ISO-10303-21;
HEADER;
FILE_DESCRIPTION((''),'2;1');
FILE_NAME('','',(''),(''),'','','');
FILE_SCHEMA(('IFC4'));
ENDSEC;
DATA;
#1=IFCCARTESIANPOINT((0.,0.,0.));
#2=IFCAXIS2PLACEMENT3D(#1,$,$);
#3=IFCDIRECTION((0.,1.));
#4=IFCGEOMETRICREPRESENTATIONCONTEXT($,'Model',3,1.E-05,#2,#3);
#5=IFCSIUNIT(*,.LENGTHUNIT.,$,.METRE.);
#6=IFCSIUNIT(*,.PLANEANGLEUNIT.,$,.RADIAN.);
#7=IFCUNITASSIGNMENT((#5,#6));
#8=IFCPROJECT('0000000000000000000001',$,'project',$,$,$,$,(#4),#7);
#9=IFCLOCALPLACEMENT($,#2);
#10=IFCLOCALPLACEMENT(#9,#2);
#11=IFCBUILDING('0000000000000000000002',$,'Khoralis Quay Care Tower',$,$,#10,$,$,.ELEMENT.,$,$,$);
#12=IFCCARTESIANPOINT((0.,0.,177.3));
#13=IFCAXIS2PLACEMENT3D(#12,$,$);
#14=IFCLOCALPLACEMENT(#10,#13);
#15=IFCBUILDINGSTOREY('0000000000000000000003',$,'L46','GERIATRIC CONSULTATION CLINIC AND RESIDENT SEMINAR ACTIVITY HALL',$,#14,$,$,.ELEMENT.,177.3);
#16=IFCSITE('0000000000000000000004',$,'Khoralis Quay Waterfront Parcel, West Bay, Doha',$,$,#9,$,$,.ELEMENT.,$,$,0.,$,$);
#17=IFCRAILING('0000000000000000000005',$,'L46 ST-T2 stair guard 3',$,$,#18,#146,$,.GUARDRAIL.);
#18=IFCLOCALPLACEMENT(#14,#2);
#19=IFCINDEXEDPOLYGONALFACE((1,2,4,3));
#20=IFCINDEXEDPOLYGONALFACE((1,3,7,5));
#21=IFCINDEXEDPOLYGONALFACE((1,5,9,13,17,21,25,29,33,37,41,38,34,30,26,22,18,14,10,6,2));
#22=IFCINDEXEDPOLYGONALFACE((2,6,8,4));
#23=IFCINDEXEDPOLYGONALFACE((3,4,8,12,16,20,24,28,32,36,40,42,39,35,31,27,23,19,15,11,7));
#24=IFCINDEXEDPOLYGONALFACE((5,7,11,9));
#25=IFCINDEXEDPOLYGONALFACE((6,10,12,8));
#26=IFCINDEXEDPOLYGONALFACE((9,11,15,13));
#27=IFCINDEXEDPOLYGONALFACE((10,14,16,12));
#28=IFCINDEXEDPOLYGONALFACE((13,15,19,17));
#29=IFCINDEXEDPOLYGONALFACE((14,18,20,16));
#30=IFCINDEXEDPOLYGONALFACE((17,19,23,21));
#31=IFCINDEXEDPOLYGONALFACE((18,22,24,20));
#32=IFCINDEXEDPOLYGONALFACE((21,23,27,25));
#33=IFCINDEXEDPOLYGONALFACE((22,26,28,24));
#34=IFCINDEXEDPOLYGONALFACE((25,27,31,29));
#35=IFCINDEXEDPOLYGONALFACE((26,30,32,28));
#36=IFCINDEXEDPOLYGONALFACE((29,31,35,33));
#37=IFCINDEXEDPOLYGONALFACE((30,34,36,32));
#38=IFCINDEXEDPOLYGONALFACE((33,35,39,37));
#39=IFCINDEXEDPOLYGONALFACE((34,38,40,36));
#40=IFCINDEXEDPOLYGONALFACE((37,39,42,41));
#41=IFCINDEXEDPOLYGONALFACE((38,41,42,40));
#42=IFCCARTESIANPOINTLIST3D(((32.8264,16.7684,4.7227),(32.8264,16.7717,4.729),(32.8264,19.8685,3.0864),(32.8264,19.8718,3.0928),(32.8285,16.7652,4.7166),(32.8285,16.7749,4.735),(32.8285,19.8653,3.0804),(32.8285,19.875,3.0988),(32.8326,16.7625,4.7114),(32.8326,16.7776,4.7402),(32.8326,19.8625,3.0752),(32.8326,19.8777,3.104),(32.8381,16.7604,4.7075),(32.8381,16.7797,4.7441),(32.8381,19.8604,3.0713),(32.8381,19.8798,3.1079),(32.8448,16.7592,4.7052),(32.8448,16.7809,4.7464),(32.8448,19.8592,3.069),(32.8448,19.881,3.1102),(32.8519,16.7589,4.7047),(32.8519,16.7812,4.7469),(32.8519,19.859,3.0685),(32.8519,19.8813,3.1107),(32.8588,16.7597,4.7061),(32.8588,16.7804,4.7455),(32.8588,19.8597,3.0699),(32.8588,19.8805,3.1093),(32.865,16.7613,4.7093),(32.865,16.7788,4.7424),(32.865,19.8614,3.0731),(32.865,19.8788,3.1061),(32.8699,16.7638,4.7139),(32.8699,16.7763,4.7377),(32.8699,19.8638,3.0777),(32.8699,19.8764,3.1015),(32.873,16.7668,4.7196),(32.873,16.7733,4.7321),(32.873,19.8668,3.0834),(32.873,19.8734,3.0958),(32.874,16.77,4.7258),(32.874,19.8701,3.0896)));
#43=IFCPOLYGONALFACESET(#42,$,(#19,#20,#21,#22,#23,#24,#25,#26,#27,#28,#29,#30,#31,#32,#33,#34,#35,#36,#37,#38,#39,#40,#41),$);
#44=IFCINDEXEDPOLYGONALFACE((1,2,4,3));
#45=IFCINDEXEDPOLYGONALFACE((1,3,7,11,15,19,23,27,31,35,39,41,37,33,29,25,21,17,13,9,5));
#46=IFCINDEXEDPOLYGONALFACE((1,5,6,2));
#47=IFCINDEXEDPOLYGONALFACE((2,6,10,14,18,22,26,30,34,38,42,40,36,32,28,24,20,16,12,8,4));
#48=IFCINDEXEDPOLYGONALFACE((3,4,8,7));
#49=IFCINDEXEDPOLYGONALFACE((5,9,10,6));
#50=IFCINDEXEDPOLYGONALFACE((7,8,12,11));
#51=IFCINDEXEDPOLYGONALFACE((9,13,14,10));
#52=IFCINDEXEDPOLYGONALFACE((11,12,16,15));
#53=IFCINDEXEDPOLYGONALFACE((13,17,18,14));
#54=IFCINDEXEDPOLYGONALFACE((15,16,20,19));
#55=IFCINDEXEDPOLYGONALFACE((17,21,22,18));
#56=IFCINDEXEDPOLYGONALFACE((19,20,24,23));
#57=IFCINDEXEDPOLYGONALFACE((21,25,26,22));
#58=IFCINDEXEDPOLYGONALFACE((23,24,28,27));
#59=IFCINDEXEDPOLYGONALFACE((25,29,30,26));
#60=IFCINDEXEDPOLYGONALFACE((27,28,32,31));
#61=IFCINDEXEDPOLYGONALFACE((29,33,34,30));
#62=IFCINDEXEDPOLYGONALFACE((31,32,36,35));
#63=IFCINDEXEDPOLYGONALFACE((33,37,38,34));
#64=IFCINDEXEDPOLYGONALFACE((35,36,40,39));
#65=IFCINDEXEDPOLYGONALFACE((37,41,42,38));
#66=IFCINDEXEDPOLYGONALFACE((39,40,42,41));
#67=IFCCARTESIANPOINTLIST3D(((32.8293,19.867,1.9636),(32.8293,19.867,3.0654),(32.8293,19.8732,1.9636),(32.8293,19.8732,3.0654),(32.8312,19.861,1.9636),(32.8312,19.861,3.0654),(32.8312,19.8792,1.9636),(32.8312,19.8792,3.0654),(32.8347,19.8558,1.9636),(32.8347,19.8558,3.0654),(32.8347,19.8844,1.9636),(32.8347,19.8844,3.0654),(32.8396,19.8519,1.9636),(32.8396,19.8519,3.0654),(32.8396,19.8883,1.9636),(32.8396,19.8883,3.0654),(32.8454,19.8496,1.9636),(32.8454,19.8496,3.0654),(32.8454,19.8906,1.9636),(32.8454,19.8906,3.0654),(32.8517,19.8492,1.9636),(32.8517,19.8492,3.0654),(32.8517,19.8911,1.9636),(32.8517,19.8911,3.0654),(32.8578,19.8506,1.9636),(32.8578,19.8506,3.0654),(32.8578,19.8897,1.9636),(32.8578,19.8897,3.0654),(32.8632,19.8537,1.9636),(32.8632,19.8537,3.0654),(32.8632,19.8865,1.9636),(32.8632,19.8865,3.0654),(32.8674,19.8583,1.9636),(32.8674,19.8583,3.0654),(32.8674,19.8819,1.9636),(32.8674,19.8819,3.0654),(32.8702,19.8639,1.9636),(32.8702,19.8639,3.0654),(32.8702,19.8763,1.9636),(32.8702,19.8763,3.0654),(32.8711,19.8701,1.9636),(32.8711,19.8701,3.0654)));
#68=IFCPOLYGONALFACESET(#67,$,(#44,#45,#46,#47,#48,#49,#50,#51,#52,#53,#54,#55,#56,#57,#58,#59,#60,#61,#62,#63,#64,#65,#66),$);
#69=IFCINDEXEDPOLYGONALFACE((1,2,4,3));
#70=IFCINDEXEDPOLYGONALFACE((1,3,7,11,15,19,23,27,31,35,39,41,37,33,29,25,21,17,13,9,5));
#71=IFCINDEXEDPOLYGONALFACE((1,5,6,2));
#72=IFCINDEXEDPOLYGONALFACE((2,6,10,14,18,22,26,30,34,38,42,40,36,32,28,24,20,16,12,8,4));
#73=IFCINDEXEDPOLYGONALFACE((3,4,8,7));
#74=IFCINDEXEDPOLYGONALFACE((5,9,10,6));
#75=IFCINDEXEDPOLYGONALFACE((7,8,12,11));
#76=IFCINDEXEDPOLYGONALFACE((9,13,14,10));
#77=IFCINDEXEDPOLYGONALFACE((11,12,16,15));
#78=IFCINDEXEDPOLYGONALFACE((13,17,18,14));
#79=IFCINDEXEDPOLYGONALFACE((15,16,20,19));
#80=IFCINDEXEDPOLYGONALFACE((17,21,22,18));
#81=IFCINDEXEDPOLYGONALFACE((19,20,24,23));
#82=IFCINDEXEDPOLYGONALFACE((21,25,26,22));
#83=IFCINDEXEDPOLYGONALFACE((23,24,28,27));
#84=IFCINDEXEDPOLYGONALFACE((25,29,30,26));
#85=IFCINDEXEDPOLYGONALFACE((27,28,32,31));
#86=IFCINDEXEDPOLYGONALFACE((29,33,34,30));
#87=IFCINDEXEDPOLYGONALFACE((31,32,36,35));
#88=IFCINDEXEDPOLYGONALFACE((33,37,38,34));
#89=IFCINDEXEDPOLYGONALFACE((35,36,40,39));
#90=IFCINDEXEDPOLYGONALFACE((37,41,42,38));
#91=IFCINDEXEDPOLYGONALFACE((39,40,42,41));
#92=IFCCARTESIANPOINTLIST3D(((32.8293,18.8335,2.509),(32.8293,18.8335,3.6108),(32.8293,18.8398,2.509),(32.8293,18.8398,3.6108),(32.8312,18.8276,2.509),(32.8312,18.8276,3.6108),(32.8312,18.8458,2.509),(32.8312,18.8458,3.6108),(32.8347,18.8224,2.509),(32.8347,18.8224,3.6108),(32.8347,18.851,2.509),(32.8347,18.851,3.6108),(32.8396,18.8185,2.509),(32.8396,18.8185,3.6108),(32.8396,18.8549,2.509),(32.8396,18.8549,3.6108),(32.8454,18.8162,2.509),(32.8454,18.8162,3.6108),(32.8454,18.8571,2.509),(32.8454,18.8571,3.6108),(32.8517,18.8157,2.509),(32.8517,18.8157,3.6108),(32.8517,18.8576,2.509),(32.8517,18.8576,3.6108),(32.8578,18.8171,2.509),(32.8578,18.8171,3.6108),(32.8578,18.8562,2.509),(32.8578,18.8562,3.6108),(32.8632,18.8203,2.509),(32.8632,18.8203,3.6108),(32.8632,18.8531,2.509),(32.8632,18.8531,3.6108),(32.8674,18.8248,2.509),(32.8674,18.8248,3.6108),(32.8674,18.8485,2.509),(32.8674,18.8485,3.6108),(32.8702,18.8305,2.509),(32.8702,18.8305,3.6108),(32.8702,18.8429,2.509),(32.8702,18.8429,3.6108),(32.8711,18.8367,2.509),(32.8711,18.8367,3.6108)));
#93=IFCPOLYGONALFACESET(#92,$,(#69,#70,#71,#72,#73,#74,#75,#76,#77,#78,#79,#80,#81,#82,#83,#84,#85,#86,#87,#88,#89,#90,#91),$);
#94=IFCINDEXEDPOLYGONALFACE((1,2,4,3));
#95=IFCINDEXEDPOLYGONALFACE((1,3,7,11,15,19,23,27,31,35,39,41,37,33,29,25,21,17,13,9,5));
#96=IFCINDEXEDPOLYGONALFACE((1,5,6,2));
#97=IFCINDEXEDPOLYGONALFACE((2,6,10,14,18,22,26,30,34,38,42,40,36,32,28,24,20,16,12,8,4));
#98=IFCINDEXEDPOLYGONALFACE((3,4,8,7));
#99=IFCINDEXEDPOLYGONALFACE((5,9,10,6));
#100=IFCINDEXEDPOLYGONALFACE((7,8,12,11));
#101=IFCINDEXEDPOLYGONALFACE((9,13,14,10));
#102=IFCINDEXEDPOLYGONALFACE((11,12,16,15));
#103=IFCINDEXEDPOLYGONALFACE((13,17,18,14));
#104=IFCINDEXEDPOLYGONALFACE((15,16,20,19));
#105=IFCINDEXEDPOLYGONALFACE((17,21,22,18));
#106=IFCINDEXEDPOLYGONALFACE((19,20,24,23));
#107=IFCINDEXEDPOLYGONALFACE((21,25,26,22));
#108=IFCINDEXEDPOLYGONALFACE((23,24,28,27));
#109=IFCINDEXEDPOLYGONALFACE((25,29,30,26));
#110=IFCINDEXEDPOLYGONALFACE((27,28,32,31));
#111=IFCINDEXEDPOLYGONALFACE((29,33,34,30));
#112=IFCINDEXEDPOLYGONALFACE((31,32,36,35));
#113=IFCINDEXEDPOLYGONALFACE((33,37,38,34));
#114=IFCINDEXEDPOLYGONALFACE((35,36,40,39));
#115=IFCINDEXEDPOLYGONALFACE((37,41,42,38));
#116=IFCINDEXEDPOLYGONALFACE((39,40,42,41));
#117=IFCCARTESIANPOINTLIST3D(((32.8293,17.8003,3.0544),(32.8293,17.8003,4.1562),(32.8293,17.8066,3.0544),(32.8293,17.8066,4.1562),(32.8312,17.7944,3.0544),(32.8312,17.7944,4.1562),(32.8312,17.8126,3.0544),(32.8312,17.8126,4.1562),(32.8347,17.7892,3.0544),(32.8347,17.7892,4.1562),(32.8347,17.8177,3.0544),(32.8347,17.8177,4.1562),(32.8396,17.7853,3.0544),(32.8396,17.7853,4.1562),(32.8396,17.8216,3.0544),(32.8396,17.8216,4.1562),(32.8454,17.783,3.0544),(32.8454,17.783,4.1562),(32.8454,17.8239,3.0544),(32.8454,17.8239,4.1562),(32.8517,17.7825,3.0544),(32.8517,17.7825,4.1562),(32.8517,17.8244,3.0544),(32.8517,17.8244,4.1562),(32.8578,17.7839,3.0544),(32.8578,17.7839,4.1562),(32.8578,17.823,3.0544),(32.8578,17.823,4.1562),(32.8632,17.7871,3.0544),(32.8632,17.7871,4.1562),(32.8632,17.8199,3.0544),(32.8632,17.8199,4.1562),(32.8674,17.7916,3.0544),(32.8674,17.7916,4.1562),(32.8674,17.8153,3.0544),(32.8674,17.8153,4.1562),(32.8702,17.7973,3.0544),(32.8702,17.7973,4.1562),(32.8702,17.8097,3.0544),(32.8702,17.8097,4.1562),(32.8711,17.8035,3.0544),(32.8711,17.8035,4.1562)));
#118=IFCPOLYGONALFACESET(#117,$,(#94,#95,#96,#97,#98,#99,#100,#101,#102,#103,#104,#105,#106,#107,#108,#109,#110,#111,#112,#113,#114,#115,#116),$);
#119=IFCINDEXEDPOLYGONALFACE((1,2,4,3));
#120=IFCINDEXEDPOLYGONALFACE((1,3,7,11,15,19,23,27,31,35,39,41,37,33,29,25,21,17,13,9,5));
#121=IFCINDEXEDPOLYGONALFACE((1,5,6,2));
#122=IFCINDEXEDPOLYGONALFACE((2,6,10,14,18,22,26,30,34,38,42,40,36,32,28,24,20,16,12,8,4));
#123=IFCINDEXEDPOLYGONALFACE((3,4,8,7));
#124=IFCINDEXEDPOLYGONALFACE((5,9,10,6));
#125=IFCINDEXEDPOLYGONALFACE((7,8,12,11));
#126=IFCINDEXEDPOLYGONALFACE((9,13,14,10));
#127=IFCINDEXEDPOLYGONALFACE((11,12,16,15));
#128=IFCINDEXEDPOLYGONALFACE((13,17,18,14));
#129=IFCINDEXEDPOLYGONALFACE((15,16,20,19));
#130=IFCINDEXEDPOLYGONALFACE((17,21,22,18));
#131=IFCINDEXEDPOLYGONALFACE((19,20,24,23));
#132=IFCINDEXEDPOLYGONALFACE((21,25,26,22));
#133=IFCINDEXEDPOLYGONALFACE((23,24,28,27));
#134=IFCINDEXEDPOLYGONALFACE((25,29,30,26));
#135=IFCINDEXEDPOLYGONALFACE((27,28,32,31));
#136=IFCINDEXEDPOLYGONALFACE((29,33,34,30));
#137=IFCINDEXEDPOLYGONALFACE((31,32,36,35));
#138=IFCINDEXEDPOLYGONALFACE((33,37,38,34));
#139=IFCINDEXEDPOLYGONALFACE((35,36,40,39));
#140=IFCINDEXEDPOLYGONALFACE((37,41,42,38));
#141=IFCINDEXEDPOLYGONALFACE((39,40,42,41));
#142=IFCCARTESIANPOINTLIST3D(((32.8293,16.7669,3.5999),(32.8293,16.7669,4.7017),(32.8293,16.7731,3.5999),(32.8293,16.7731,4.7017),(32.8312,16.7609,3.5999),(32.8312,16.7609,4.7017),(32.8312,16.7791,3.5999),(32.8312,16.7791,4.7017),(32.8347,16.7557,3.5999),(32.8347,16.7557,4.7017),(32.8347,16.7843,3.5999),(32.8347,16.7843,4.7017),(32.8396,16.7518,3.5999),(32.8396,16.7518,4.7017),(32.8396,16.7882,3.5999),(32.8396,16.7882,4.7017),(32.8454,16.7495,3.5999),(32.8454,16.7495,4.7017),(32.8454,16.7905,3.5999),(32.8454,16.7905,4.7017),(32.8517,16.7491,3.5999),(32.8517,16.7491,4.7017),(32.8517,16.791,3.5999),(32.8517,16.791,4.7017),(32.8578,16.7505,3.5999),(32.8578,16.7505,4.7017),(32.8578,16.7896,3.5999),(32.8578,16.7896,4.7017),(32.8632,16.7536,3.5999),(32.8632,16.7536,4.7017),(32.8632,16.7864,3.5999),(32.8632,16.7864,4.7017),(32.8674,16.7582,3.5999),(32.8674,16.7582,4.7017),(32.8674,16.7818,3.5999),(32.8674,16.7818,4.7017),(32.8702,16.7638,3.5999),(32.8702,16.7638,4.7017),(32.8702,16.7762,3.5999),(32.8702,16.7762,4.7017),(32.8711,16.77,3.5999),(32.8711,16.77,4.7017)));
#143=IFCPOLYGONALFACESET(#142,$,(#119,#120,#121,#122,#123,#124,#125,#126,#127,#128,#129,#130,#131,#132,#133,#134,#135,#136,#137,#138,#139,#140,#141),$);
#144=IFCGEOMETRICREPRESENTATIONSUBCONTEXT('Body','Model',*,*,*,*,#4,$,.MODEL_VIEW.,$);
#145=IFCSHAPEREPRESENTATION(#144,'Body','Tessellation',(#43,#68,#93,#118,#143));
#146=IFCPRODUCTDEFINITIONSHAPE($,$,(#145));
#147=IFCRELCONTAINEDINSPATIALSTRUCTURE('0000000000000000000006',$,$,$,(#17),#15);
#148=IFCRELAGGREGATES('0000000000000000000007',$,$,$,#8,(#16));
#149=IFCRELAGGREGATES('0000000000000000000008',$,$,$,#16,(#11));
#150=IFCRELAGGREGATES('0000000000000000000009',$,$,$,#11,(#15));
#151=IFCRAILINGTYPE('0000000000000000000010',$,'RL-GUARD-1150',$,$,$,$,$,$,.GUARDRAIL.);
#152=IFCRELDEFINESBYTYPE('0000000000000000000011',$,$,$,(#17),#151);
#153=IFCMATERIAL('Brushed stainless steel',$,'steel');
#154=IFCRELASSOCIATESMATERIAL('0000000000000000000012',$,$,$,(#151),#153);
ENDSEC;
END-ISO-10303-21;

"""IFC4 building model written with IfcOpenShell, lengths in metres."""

from ifc_helpers import new_model, si_unit, direction, frame, origin, origin_2d, place, context, subcontext, project, spatial, circle, extrude, material, type_object, element, save


model = new_model("IFC4")

# Units and contexts
model_context = context("Model", 3, precision=1e-05, world=origin(), true_north=direction((0.0, 1.0)))
body_context = subcontext(model_context, "Body", "Model", "MODEL_VIEW")
ifc_project = project(units=[si_unit("LENGTHUNIT", "METRE"), si_unit("PLANEANGLEUNIT", "RADIAN")], contexts=[model_context])

# Site, building, storey
site_placement = place(None, origin())
site = spatial("IfcSite", under=ifc_project, at=site_placement, Name="Khoralis Quay Waterfront Parcel, West Bay, Doha", CompositionType="ELEMENT", RefElevation=0.0)
building_placement = place(site_placement, origin())
building = spatial("IfcBuilding", under=site, at=building_placement, Name="Khoralis Quay Care Tower", CompositionType="ELEMENT")
storey_placement = place(building_placement, frame((0.0, 0.0, 177.3)))
storey = spatial("IfcBuildingStorey", under=building, at=storey_placement, Name="L46", Description="GERIATRIC CONSULTATION CLINIC AND RESIDENT SEMINAR ACTIVITY HALL", CompositionType="ELEMENT", Elevation=177.3)

# Shared definitions
ifc_material_1 = material(Name="Brushed stainless steel", Category="steel")

# Railing
railing_type_1 = type_object("IfcRailingType", Name="RL-GUARD-1150", PredefinedType="GUARDRAIL", material=ifc_material_1)
railing_1_placement = place(storey_placement, frame((32.8501, 19.8701, 1.9636)))
element("IfcRailing", 1, at=railing_1_placement, inside=storey, type_object=railing_type_1, Name="L46 ST-T2 stair guard 3", PredefinedType="GUARDRAIL", context=body_context, shape_type="SweptSolid", body=[
    extrude(circle(Radius=0.0239, at=origin_2d()), frame((0.0, 0.0, 1.126), z_axis=(0.0, -0.884377, 0.466774), x_axis=(1.0, 0.0, 0.0)), (0.0, 0.0, 1.0), 3.5054),
    extrude(circle(Radius=0.021, at=origin_2d()), origin(), (0.0, 0.0, 1.0), 1.1018),
    extrude(circle(Radius=0.021, at=origin_2d()), frame((0.0, -1.0334, 0.5454)), (0.0, 0.0, 1.0), 1.1018),
    extrude(circle(Radius=0.021, at=origin_2d()), frame((0.0, -2.0667, 1.0908)), (0.0, 0.0, 1.0), 1.1018),
    extrude(circle(Radius=0.021, at=origin_2d()), frame((0.0, -3.1001, 1.6362)), (0.0, 0.0, 1.0), 1.1018),
])

save(model, "model.ifc")
